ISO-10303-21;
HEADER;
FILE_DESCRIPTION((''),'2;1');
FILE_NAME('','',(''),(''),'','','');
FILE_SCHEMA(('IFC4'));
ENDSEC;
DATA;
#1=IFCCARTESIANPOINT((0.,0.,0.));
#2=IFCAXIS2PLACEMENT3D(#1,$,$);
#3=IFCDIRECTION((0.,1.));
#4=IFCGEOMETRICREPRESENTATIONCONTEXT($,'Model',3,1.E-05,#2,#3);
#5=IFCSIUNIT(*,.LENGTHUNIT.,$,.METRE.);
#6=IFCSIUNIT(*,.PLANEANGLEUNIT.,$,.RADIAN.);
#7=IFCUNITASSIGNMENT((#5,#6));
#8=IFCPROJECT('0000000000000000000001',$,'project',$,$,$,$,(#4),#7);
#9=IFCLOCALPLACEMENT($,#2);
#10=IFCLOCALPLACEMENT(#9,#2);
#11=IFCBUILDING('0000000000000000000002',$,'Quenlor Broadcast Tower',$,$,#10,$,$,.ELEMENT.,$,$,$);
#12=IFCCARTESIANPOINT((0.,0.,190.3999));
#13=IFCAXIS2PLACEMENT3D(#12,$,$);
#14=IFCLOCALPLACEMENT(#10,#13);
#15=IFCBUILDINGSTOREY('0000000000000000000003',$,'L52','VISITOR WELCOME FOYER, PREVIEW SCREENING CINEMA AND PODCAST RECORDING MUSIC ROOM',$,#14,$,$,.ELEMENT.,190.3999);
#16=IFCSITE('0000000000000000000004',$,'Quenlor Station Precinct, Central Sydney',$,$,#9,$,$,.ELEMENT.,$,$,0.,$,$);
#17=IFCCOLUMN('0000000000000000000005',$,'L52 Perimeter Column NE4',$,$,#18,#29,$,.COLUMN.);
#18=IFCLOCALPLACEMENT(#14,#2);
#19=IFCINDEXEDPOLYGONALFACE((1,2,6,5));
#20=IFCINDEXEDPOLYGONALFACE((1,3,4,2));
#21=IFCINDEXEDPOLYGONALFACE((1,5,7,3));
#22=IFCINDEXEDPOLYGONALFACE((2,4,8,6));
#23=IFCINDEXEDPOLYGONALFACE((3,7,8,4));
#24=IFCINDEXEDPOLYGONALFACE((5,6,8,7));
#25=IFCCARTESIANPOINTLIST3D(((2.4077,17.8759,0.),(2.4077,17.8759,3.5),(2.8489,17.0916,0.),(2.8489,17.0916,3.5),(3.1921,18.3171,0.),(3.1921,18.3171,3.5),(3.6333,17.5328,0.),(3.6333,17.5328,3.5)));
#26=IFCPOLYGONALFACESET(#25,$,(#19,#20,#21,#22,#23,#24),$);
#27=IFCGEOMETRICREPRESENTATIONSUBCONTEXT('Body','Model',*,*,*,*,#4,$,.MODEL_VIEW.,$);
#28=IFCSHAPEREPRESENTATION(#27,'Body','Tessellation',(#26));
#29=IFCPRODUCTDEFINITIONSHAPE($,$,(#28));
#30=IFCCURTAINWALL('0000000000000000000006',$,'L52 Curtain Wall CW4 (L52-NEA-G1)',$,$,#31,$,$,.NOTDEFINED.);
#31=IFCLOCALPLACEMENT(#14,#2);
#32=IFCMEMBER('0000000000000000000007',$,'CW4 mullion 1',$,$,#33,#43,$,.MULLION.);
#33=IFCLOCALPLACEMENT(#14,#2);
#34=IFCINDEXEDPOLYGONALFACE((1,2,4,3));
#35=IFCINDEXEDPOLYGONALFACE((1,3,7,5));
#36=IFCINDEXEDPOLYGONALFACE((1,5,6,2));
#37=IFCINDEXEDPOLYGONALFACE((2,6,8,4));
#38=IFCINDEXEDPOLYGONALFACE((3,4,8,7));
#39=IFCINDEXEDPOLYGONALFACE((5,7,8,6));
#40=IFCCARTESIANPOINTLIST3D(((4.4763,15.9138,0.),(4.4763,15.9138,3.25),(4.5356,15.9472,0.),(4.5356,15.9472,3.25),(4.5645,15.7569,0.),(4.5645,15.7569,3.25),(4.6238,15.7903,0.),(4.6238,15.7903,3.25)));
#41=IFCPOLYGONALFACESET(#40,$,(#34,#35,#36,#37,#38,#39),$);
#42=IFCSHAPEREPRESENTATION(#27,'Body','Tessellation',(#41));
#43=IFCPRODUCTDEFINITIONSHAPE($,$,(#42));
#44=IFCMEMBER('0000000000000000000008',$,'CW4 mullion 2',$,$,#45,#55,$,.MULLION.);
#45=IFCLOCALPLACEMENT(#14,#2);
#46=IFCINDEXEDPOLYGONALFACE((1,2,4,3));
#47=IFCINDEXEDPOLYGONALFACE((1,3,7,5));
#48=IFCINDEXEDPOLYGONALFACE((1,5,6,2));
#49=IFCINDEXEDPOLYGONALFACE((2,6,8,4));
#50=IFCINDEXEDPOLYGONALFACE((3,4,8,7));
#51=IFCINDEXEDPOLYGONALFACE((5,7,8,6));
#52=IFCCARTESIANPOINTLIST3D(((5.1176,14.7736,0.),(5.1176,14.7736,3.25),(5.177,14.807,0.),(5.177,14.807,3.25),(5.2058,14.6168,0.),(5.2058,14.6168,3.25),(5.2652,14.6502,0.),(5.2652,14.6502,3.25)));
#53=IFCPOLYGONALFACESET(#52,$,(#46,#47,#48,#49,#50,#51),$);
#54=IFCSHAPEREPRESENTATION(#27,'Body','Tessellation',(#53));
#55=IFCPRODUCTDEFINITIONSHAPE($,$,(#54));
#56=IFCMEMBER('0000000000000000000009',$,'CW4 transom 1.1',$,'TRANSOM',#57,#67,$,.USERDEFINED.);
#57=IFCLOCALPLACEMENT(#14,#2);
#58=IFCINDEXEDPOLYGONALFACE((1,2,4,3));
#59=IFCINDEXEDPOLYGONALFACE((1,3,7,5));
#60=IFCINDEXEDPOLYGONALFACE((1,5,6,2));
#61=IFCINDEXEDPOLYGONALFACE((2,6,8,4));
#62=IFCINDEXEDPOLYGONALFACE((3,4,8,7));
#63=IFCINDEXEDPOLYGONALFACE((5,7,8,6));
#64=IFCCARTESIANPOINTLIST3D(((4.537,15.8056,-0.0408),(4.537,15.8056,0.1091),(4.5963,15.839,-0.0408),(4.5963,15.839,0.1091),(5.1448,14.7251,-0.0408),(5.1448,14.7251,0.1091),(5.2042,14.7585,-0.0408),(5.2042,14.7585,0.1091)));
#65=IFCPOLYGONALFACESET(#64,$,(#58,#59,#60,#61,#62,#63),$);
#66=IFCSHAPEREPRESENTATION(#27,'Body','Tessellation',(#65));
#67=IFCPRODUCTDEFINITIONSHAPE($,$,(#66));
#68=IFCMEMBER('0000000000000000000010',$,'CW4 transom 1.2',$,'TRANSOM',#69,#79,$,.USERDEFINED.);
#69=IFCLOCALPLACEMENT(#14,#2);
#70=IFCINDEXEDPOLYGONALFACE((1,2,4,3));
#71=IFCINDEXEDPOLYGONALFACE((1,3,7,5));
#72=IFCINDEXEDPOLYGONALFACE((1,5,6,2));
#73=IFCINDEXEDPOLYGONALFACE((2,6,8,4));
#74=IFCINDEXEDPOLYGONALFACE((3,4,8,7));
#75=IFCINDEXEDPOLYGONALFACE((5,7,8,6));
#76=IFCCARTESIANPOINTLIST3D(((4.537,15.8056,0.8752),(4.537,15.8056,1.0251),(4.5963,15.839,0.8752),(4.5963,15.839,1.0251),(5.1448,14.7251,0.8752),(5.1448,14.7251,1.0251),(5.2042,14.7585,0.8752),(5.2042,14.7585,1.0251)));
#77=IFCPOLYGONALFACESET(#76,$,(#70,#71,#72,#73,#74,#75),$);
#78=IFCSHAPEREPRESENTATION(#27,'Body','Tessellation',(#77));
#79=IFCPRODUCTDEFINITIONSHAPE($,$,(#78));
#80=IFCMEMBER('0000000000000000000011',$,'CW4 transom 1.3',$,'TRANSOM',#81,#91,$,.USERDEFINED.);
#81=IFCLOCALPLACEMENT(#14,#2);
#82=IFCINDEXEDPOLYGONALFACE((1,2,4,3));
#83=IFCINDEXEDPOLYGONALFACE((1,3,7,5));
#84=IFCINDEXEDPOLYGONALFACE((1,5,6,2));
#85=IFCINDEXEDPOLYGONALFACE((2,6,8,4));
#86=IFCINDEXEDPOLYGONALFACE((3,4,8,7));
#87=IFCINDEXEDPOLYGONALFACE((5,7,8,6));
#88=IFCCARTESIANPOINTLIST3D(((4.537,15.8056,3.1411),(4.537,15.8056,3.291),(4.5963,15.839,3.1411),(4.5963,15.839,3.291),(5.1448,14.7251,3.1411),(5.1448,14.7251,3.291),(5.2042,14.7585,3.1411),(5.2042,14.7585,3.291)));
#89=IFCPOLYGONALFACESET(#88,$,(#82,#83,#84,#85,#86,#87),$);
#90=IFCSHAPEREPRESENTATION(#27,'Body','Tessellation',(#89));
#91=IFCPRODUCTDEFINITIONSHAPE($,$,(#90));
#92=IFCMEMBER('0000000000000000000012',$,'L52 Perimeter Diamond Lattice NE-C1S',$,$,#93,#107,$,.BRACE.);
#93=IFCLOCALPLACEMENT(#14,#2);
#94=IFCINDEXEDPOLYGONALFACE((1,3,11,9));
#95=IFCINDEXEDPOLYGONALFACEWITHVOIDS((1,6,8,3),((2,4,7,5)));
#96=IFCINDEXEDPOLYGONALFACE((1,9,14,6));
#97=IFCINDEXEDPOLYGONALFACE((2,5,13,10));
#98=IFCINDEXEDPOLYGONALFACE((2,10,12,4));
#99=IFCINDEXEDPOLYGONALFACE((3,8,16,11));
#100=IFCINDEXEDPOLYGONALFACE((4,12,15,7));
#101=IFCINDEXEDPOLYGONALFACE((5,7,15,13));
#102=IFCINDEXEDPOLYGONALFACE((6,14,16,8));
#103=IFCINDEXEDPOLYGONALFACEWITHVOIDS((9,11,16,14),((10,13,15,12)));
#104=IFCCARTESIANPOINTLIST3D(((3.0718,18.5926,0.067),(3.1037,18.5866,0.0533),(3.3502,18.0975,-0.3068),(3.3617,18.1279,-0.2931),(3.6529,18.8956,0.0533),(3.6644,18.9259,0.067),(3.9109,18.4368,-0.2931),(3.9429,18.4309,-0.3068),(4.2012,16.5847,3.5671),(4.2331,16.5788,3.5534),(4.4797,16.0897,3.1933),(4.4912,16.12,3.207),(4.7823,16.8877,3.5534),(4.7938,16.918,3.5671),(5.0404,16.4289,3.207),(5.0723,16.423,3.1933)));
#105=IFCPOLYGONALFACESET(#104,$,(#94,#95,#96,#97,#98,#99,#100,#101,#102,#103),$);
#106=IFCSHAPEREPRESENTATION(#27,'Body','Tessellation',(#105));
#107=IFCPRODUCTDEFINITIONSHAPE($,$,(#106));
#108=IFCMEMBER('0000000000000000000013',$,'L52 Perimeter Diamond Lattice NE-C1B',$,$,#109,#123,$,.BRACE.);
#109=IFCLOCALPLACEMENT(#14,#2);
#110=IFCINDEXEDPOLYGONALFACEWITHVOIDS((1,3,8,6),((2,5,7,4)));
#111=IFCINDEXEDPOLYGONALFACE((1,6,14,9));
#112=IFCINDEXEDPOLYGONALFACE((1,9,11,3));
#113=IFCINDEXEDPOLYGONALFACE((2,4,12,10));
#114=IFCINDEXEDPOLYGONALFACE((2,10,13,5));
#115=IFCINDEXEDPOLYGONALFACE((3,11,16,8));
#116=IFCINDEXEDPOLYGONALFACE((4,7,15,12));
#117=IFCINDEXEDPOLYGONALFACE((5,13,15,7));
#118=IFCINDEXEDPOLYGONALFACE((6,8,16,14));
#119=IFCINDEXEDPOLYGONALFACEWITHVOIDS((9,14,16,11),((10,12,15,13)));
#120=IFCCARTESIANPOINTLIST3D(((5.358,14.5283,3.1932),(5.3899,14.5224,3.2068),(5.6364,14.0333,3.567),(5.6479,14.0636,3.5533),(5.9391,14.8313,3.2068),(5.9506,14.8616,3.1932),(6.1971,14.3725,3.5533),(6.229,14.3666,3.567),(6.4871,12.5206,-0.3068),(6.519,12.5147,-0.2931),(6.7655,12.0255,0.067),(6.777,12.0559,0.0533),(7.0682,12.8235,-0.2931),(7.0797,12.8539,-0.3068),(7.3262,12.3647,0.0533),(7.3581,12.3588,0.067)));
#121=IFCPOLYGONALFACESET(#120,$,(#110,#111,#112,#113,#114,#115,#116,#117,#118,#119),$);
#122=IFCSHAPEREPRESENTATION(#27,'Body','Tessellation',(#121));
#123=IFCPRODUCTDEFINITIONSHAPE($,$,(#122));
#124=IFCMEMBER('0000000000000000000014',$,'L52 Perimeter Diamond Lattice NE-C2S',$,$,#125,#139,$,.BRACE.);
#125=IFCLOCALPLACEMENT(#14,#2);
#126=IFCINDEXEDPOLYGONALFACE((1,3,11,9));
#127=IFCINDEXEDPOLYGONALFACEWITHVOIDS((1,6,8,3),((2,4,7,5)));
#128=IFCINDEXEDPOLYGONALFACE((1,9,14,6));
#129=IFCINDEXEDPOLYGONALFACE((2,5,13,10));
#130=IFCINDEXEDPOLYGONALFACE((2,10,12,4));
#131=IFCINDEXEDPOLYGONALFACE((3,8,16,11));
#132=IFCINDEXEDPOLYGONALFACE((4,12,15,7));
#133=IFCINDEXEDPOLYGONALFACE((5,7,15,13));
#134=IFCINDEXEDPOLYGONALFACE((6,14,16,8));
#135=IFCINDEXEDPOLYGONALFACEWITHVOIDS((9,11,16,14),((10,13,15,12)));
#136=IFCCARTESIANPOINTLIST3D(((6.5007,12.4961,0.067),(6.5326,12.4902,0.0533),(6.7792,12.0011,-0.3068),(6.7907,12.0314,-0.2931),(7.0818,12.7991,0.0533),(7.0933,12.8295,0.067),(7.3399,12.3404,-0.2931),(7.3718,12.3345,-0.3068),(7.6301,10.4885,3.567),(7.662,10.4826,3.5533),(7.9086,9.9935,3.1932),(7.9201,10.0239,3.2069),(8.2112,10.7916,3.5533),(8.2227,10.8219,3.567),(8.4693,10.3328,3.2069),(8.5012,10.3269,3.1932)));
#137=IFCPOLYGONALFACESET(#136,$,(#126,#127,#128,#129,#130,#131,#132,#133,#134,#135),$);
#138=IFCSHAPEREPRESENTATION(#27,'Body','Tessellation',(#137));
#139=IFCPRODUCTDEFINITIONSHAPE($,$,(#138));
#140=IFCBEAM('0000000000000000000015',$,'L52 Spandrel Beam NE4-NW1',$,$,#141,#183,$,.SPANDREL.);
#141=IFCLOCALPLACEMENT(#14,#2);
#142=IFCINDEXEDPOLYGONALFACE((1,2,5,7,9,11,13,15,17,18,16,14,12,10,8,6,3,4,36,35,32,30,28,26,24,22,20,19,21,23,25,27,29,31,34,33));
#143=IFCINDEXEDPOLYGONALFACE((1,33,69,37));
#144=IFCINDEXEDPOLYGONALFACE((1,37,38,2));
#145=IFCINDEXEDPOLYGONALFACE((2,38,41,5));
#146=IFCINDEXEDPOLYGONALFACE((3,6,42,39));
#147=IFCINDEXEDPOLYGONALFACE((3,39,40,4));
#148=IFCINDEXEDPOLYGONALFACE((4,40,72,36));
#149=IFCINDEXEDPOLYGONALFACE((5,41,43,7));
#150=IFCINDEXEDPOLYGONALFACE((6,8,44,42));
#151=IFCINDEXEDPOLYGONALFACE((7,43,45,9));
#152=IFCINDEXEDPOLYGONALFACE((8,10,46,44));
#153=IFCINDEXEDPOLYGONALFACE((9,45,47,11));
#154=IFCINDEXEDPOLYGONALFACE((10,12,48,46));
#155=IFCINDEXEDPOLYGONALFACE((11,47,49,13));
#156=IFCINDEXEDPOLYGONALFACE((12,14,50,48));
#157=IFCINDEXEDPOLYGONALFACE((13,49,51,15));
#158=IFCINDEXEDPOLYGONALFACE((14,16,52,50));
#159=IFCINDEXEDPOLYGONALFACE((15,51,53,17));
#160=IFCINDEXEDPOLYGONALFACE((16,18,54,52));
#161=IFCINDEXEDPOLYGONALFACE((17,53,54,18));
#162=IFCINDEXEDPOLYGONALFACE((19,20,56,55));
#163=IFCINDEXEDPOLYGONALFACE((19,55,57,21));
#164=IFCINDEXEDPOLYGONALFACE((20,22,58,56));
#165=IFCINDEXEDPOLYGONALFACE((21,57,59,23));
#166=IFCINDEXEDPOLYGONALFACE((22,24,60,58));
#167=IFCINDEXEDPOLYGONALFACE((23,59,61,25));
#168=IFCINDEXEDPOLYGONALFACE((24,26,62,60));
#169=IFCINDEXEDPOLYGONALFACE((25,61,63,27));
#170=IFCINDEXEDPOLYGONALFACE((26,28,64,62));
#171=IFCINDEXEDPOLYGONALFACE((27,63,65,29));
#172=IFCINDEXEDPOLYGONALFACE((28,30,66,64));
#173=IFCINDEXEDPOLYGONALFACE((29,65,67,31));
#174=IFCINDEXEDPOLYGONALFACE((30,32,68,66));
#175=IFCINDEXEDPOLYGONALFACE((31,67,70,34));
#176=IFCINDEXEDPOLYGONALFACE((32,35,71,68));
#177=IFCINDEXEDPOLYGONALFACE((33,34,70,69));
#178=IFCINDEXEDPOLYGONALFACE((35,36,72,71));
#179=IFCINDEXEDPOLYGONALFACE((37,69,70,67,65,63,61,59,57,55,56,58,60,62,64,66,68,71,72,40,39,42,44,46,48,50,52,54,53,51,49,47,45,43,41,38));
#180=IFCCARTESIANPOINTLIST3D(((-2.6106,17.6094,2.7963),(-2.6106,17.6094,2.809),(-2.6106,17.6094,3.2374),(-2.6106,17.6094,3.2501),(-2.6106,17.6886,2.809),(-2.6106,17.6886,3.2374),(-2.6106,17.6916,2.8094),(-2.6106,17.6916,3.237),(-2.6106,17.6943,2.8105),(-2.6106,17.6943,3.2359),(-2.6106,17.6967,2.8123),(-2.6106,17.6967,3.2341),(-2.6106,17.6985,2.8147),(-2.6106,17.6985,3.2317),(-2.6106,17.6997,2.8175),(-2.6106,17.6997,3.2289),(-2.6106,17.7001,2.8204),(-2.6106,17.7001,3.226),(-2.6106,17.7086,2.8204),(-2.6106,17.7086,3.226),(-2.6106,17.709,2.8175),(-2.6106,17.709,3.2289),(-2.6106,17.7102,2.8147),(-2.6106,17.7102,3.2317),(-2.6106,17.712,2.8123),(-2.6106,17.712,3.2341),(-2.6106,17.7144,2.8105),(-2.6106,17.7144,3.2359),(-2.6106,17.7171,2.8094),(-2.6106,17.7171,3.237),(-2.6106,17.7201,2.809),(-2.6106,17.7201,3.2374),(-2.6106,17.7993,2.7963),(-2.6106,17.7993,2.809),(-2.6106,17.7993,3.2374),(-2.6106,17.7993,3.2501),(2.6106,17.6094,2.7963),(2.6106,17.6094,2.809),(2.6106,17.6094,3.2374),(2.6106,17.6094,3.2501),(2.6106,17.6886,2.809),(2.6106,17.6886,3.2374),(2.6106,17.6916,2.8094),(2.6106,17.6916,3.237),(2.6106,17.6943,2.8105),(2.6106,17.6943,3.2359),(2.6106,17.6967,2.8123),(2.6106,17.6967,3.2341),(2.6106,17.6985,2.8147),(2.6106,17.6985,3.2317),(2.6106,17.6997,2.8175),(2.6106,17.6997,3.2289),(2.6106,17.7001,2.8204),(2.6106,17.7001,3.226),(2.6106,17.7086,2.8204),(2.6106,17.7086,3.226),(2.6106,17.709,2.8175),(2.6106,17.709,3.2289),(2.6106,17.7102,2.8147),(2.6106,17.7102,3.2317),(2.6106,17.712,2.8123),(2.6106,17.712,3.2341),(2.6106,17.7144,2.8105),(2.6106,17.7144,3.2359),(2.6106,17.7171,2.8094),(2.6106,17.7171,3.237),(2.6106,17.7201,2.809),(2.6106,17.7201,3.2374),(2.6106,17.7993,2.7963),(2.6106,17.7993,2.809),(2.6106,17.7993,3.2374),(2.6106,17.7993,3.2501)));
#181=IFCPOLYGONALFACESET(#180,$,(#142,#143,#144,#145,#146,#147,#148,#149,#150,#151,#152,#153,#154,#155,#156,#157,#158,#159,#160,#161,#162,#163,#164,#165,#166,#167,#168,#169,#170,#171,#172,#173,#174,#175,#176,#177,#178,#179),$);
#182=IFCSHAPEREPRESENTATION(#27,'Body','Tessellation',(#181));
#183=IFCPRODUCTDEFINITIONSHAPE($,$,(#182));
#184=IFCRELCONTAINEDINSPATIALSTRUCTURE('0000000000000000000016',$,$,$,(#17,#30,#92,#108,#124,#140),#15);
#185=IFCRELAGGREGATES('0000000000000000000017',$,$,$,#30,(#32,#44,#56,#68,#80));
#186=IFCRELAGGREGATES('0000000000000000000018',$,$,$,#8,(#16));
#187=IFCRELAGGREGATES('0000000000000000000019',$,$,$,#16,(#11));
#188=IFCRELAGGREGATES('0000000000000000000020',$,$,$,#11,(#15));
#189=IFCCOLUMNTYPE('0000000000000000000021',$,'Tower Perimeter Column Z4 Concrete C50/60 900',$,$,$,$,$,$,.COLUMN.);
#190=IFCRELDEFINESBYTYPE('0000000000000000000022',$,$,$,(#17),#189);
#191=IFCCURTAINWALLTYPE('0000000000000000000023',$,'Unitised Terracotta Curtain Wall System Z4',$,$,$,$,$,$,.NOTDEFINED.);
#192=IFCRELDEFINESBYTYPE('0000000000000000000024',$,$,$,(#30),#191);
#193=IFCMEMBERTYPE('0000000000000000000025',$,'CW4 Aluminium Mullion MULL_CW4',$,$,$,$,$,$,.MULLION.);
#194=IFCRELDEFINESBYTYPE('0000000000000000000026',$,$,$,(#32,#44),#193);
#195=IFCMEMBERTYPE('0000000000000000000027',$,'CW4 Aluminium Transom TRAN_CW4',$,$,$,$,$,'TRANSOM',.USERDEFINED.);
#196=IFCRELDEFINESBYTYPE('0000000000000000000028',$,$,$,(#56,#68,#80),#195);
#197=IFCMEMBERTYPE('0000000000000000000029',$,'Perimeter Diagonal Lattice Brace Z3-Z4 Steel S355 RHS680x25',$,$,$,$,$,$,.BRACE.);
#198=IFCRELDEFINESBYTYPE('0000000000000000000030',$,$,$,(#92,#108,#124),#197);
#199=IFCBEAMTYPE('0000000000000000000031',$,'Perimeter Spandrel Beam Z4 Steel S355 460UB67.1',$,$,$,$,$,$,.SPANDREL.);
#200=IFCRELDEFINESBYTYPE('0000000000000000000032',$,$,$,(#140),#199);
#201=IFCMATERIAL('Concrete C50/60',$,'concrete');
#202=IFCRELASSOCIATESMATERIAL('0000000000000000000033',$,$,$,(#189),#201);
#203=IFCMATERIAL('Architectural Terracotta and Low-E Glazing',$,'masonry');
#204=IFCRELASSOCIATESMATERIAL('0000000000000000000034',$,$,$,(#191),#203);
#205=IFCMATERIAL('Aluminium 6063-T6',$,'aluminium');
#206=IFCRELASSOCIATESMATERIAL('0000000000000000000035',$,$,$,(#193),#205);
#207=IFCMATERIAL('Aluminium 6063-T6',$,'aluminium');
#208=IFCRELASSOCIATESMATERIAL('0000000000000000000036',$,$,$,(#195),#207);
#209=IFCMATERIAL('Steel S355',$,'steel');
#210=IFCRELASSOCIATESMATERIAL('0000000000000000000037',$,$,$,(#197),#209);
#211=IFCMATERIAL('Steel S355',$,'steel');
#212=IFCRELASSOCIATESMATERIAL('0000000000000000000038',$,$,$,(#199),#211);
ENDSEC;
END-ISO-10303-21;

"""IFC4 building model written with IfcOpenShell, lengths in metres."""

from ifc_helpers import new_model, si_unit, direction, frame, origin, origin_2d, place, context, subcontext, project, spatial, rectangle, hollow_rectangle, i_section, extrude, material, material_profile, profile_set, type_object, element, aggregate, save


model = new_model("IFC4")

# Units and contexts
model_context = context("Model", 3, precision=1e-05, world=origin(), true_north=direction((0.0, 1.0)))
body_context = subcontext(model_context, "Body", "Model", "MODEL_VIEW")
ifc_project = project(units=[si_unit("LENGTHUNIT", "METRE"), si_unit("PLANEANGLEUNIT", "RADIAN")], contexts=[model_context])

# Site, building, storey
site_placement = place(None, origin())
site = spatial("IfcSite", under=ifc_project, at=site_placement, Name="Quenlor Station Precinct, Central Sydney", CompositionType="ELEMENT", RefElevation=0.0)
building_placement = place(site_placement, origin())
building = spatial("IfcBuilding", under=site, at=building_placement, Name="Quenlor Broadcast Tower", CompositionType="ELEMENT")
storey_placement = place(building_placement, frame((0.0, 0.0, 190.3999)))
storey = spatial("IfcBuildingStorey", under=building, at=storey_placement, Name="L52", Description="VISITOR WELCOME FOYER, PREVIEW SCREENING CINEMA AND PODCAST RECORDING MUSIC ROOM", CompositionType="ELEMENT", Elevation=190.3999)

# Column
ifc_material_1 = material(Name="Concrete C50/60", Category="concrete")
ifc_material_profile_1 = material_profile(ifc_material_1, rectangle(XDim=0.8999, YDim=0.8999, at=origin_2d()))
ifc_profile_set_1 = profile_set([ifc_material_profile_1], Name="Concrete C50/60 RC900x900")
column_type = type_object("IfcColumnType", Name="Tower Perimeter Column Z4 Concrete C50/60 900", PredefinedType="COLUMN", material=ifc_profile_set_1)
column_placement = place(storey_placement, frame((3.0205, 17.7043, 0.0), z_axis=(0.0, 0.0, 1.0), x_axis=(0.871575, 0.490262, 0.0)))
element("IfcColumn", 1, at=column_placement, inside=storey, type_object=column_type, Name="L52 Perimeter Column NE4", PredefinedType="COLUMN", context=body_context, shape_type="SweptSolid", body=[
    extrude(rectangle(XDim=0.8999, YDim=0.8999, at=origin_2d()), origin(), (0.0, 0.0, 1.0), 3.5),
])

# Curtain wall, members
ifc_material_2 = material(Name="Architectural Terracotta and Low-E Glazing", Category="masonry")
curtain_wall_type = type_object("IfcCurtainWallType", Name="Unitised Terracotta Curtain Wall System Z4", PredefinedType="NOTDEFINED", material=ifc_material_2)
curtain_wall_placement = place(storey_placement, origin())
curtain_wall = element("IfcCurtainWall", 2, at=curtain_wall_placement, inside=storey, type_object=curtain_wall_type, Name="L52 Curtain Wall CW4 (L52-NEA-G1)", PredefinedType="NOTDEFINED")
ifc_material_3 = material(Name="Aluminium 6063-T6", Category="aluminium")
ifc_material_profile_2 = material_profile(ifc_material_3, rectangle(XDim=0.0681, YDim=0.1799, at=origin_2d()))
ifc_profile_set_2 = profile_set([ifc_material_profile_2], Name="Aluminium 6063-T6 MULL68x180")
member_type_1 = type_object("IfcMemberType", Name="CW4 Aluminium Mullion MULL_CW4", PredefinedType="MULLION", material=ifc_profile_set_2)
member_1_placement = place(storey_placement, frame((4.55, 15.8521, 0.0), z_axis=(0.0, 0.0, 1.0), x_axis=(0.87156, 0.490289, 0.0)))
member_1 = element("IfcMember", 3, at=member_1_placement, type_object=member_type_1, Name="CW4 mullion 1", PredefinedType="MULLION", context=body_context, shape_type="SweptSolid", body=[
    extrude(rectangle(XDim=0.0681, YDim=0.1799, at=origin_2d()), origin(), (0.0, 0.0, 1.0), 3.25),
])
member_2_placement = place(storey_placement, frame((5.1914, 14.7119, 0.0), z_axis=(0.0, 0.0, 1.0), x_axis=(0.87156, 0.490289, 0.0)))
member_2 = element("IfcMember", 4, at=member_2_placement, type_object=member_type_1, Name="CW4 mullion 2", PredefinedType="MULLION", context=body_context, shape_type="SweptSolid", body=[
    extrude(rectangle(XDim=0.0681, YDim=0.1799, at=origin_2d()), origin(), (0.0, 0.0, 1.0), 3.25),
])
ifc_material_4 = material(Name="Aluminium 6063-T6", Category="aluminium")
ifc_material_profile_3 = material_profile(ifc_material_4, rectangle(XDim=0.0681, YDim=0.1499, at=origin_2d()))
ifc_profile_set_3 = profile_set([ifc_material_profile_3], Name="Aluminium 6063-T6 TRAN68x150")
member_type_2 = type_object("IfcMemberType", Name="CW4 Aluminium Transom TRAN_CW4", ElementType="TRANSOM", PredefinedType="USERDEFINED", material=ifc_profile_set_3)
member_3_placement = place(storey_placement, frame((4.5667, 15.8223, 0.0342), z_axis=(0.490317, -0.871544, 0.0), x_axis=(0.871544, 0.490317, 0.0)))
member_3 = element("IfcMember", 5, at=member_3_placement, type_object=member_type_2, Name="CW4 transom 1.1", ObjectType="TRANSOM", PredefinedType="USERDEFINED", context=body_context, shape_type="SweptSolid", body=[
    extrude(rectangle(XDim=0.0681, YDim=0.1499, at=origin_2d()), origin(), (0.0, 0.0, 1.0), 1.2397),
])
member_4_placement = place(storey_placement, frame((4.5667, 15.8223, 0.9502), z_axis=(0.490317, -0.871544, 0.0), x_axis=(0.871544, 0.490317, 0.0)))
member_4 = element("IfcMember", 6, at=member_4_placement, type_object=member_type_2, Name="CW4 transom 1.2", ObjectType="TRANSOM", PredefinedType="USERDEFINED", context=body_context, shape_type="SweptSolid", body=[
    extrude(rectangle(XDim=0.0681, YDim=0.1499, at=origin_2d()), origin(), (0.0, 0.0, 1.0), 1.2397),
])
member_5_placement = place(storey_placement, frame((4.5667, 15.8223, 3.2161), z_axis=(0.490317, -0.871544, 0.0), x_axis=(0.871544, 0.490317, 0.0)))
member_5 = element("IfcMember", 7, at=member_5_placement, type_object=member_type_2, Name="CW4 transom 1.3", ObjectType="TRANSOM", PredefinedType="USERDEFINED", context=body_context, shape_type="SweptSolid", body=[
    extrude(rectangle(XDim=0.0681, YDim=0.1499, at=origin_2d()), origin(), (0.0, 0.0, 1.0), 1.2397),
])

# Members
ifc_material_5 = material(Name="Steel S355", Category="steel")
ifc_material_profile_4 = material_profile(ifc_material_5, hollow_rectangle(XDim=0.6799, YDim=0.6799, WallThickness=0.0249, at=origin_2d()))
ifc_profile_set_4 = profile_set([ifc_material_profile_4], Name="Steel S355 RHS680x680x25")
member_type_3 = type_object("IfcMemberType", Name="Perimeter Diagonal Lattice Brace Z3-Z4 Steel S355 RHS680x25", PredefinedType="BRACE", material=ifc_profile_set_4)
member_6_placement = place(storey_placement, frame((3.5073, 18.5117, -0.1199), z_axis=(0.26954, -0.479181, 0.835305), x_axis=(0.871576, 0.490261, 0.0)))
element("IfcMember", 8, at=member_6_placement, inside=storey, type_object=member_type_3, Name="L52 Perimeter Diamond Lattice NE-C1S", PredefinedType="BRACE", context=body_context, shape_type="SweptSolid", body=[
    extrude(hollow_rectangle(XDim=0.6799, YDim=0.6799, WallThickness=0.0249, at=origin_2d()), origin(), (0.0, 0.0, 1.0), 4.1902),
])
for number, where, z_axis, x_axis, name in (
    (9, (6.9226, 12.4397, -0.1199), (-0.269485, 0.479189, 0.835318), (-0.871621, -0.490181, 0.0), "L52 Perimeter Diamond Lattice NE-C1B"),
    (10, (6.9363, 12.4153, -0.1199), (0.269547, -0.479136, 0.835328), (0.87155, 0.490307, 0.0), "L52 Perimeter Diamond Lattice NE-C2S"),
):
    element("IfcMember", number, at=place(storey_placement, frame(where, z_axis=z_axis, x_axis=x_axis)), inside=storey, type_object=member_type_3, Name=name, PredefinedType="BRACE", context=body_context, shape_type="SweptSolid", body=[
        extrude(hollow_rectangle(XDim=0.6799, YDim=0.6799, WallThickness=0.0249, at=origin_2d()), origin(), (0.0, 0.0, 1.0), 4.1899),
    ])

# Beam
ifc_material_6 = material(Name="Steel S355", Category="steel")
ifc_material_profile_5 = material_profile(ifc_material_6, i_section(OverallWidth=0.1899, OverallDepth=0.4539, WebThickness=0.0085, FlangeThickness=0.0127, FilletRadius=0.0115, at=origin_2d()))
ifc_profile_set_5 = profile_set([ifc_material_profile_5], Name="Steel S355 460UB67.1")
beam_type_1 = type_object("IfcBeamType", Name="Perimeter Spandrel Beam Z4 Steel S355 460UB67.1", PredefinedType="SPANDREL", material=ifc_profile_set_5)
beam_1_placement = place(storey_placement, frame((2.6106, 17.7043, 3.0232), z_axis=(-1.0, 0.0, 0.0), x_axis=(0.0, -1.0, 0.0)))
element("IfcBeam", 11, at=beam_1_placement, inside=storey, type_object=beam_type_1, Name="L52 Spandrel Beam NE4-NW1", PredefinedType="SPANDREL", context=body_context, shape_type="SweptSolid", body=[
    extrude(i_section(OverallWidth=0.1899, OverallDepth=0.4539, WebThickness=0.0085, FlangeThickness=0.0127, FilletRadius=0.0115, at=origin_2d()), origin(), (0.0, 0.0, 1.0), 5.2212),
])

aggregate(curtain_wall, [member_1, member_2, member_3, member_4, member_5])

save(model, "model.ifc")
